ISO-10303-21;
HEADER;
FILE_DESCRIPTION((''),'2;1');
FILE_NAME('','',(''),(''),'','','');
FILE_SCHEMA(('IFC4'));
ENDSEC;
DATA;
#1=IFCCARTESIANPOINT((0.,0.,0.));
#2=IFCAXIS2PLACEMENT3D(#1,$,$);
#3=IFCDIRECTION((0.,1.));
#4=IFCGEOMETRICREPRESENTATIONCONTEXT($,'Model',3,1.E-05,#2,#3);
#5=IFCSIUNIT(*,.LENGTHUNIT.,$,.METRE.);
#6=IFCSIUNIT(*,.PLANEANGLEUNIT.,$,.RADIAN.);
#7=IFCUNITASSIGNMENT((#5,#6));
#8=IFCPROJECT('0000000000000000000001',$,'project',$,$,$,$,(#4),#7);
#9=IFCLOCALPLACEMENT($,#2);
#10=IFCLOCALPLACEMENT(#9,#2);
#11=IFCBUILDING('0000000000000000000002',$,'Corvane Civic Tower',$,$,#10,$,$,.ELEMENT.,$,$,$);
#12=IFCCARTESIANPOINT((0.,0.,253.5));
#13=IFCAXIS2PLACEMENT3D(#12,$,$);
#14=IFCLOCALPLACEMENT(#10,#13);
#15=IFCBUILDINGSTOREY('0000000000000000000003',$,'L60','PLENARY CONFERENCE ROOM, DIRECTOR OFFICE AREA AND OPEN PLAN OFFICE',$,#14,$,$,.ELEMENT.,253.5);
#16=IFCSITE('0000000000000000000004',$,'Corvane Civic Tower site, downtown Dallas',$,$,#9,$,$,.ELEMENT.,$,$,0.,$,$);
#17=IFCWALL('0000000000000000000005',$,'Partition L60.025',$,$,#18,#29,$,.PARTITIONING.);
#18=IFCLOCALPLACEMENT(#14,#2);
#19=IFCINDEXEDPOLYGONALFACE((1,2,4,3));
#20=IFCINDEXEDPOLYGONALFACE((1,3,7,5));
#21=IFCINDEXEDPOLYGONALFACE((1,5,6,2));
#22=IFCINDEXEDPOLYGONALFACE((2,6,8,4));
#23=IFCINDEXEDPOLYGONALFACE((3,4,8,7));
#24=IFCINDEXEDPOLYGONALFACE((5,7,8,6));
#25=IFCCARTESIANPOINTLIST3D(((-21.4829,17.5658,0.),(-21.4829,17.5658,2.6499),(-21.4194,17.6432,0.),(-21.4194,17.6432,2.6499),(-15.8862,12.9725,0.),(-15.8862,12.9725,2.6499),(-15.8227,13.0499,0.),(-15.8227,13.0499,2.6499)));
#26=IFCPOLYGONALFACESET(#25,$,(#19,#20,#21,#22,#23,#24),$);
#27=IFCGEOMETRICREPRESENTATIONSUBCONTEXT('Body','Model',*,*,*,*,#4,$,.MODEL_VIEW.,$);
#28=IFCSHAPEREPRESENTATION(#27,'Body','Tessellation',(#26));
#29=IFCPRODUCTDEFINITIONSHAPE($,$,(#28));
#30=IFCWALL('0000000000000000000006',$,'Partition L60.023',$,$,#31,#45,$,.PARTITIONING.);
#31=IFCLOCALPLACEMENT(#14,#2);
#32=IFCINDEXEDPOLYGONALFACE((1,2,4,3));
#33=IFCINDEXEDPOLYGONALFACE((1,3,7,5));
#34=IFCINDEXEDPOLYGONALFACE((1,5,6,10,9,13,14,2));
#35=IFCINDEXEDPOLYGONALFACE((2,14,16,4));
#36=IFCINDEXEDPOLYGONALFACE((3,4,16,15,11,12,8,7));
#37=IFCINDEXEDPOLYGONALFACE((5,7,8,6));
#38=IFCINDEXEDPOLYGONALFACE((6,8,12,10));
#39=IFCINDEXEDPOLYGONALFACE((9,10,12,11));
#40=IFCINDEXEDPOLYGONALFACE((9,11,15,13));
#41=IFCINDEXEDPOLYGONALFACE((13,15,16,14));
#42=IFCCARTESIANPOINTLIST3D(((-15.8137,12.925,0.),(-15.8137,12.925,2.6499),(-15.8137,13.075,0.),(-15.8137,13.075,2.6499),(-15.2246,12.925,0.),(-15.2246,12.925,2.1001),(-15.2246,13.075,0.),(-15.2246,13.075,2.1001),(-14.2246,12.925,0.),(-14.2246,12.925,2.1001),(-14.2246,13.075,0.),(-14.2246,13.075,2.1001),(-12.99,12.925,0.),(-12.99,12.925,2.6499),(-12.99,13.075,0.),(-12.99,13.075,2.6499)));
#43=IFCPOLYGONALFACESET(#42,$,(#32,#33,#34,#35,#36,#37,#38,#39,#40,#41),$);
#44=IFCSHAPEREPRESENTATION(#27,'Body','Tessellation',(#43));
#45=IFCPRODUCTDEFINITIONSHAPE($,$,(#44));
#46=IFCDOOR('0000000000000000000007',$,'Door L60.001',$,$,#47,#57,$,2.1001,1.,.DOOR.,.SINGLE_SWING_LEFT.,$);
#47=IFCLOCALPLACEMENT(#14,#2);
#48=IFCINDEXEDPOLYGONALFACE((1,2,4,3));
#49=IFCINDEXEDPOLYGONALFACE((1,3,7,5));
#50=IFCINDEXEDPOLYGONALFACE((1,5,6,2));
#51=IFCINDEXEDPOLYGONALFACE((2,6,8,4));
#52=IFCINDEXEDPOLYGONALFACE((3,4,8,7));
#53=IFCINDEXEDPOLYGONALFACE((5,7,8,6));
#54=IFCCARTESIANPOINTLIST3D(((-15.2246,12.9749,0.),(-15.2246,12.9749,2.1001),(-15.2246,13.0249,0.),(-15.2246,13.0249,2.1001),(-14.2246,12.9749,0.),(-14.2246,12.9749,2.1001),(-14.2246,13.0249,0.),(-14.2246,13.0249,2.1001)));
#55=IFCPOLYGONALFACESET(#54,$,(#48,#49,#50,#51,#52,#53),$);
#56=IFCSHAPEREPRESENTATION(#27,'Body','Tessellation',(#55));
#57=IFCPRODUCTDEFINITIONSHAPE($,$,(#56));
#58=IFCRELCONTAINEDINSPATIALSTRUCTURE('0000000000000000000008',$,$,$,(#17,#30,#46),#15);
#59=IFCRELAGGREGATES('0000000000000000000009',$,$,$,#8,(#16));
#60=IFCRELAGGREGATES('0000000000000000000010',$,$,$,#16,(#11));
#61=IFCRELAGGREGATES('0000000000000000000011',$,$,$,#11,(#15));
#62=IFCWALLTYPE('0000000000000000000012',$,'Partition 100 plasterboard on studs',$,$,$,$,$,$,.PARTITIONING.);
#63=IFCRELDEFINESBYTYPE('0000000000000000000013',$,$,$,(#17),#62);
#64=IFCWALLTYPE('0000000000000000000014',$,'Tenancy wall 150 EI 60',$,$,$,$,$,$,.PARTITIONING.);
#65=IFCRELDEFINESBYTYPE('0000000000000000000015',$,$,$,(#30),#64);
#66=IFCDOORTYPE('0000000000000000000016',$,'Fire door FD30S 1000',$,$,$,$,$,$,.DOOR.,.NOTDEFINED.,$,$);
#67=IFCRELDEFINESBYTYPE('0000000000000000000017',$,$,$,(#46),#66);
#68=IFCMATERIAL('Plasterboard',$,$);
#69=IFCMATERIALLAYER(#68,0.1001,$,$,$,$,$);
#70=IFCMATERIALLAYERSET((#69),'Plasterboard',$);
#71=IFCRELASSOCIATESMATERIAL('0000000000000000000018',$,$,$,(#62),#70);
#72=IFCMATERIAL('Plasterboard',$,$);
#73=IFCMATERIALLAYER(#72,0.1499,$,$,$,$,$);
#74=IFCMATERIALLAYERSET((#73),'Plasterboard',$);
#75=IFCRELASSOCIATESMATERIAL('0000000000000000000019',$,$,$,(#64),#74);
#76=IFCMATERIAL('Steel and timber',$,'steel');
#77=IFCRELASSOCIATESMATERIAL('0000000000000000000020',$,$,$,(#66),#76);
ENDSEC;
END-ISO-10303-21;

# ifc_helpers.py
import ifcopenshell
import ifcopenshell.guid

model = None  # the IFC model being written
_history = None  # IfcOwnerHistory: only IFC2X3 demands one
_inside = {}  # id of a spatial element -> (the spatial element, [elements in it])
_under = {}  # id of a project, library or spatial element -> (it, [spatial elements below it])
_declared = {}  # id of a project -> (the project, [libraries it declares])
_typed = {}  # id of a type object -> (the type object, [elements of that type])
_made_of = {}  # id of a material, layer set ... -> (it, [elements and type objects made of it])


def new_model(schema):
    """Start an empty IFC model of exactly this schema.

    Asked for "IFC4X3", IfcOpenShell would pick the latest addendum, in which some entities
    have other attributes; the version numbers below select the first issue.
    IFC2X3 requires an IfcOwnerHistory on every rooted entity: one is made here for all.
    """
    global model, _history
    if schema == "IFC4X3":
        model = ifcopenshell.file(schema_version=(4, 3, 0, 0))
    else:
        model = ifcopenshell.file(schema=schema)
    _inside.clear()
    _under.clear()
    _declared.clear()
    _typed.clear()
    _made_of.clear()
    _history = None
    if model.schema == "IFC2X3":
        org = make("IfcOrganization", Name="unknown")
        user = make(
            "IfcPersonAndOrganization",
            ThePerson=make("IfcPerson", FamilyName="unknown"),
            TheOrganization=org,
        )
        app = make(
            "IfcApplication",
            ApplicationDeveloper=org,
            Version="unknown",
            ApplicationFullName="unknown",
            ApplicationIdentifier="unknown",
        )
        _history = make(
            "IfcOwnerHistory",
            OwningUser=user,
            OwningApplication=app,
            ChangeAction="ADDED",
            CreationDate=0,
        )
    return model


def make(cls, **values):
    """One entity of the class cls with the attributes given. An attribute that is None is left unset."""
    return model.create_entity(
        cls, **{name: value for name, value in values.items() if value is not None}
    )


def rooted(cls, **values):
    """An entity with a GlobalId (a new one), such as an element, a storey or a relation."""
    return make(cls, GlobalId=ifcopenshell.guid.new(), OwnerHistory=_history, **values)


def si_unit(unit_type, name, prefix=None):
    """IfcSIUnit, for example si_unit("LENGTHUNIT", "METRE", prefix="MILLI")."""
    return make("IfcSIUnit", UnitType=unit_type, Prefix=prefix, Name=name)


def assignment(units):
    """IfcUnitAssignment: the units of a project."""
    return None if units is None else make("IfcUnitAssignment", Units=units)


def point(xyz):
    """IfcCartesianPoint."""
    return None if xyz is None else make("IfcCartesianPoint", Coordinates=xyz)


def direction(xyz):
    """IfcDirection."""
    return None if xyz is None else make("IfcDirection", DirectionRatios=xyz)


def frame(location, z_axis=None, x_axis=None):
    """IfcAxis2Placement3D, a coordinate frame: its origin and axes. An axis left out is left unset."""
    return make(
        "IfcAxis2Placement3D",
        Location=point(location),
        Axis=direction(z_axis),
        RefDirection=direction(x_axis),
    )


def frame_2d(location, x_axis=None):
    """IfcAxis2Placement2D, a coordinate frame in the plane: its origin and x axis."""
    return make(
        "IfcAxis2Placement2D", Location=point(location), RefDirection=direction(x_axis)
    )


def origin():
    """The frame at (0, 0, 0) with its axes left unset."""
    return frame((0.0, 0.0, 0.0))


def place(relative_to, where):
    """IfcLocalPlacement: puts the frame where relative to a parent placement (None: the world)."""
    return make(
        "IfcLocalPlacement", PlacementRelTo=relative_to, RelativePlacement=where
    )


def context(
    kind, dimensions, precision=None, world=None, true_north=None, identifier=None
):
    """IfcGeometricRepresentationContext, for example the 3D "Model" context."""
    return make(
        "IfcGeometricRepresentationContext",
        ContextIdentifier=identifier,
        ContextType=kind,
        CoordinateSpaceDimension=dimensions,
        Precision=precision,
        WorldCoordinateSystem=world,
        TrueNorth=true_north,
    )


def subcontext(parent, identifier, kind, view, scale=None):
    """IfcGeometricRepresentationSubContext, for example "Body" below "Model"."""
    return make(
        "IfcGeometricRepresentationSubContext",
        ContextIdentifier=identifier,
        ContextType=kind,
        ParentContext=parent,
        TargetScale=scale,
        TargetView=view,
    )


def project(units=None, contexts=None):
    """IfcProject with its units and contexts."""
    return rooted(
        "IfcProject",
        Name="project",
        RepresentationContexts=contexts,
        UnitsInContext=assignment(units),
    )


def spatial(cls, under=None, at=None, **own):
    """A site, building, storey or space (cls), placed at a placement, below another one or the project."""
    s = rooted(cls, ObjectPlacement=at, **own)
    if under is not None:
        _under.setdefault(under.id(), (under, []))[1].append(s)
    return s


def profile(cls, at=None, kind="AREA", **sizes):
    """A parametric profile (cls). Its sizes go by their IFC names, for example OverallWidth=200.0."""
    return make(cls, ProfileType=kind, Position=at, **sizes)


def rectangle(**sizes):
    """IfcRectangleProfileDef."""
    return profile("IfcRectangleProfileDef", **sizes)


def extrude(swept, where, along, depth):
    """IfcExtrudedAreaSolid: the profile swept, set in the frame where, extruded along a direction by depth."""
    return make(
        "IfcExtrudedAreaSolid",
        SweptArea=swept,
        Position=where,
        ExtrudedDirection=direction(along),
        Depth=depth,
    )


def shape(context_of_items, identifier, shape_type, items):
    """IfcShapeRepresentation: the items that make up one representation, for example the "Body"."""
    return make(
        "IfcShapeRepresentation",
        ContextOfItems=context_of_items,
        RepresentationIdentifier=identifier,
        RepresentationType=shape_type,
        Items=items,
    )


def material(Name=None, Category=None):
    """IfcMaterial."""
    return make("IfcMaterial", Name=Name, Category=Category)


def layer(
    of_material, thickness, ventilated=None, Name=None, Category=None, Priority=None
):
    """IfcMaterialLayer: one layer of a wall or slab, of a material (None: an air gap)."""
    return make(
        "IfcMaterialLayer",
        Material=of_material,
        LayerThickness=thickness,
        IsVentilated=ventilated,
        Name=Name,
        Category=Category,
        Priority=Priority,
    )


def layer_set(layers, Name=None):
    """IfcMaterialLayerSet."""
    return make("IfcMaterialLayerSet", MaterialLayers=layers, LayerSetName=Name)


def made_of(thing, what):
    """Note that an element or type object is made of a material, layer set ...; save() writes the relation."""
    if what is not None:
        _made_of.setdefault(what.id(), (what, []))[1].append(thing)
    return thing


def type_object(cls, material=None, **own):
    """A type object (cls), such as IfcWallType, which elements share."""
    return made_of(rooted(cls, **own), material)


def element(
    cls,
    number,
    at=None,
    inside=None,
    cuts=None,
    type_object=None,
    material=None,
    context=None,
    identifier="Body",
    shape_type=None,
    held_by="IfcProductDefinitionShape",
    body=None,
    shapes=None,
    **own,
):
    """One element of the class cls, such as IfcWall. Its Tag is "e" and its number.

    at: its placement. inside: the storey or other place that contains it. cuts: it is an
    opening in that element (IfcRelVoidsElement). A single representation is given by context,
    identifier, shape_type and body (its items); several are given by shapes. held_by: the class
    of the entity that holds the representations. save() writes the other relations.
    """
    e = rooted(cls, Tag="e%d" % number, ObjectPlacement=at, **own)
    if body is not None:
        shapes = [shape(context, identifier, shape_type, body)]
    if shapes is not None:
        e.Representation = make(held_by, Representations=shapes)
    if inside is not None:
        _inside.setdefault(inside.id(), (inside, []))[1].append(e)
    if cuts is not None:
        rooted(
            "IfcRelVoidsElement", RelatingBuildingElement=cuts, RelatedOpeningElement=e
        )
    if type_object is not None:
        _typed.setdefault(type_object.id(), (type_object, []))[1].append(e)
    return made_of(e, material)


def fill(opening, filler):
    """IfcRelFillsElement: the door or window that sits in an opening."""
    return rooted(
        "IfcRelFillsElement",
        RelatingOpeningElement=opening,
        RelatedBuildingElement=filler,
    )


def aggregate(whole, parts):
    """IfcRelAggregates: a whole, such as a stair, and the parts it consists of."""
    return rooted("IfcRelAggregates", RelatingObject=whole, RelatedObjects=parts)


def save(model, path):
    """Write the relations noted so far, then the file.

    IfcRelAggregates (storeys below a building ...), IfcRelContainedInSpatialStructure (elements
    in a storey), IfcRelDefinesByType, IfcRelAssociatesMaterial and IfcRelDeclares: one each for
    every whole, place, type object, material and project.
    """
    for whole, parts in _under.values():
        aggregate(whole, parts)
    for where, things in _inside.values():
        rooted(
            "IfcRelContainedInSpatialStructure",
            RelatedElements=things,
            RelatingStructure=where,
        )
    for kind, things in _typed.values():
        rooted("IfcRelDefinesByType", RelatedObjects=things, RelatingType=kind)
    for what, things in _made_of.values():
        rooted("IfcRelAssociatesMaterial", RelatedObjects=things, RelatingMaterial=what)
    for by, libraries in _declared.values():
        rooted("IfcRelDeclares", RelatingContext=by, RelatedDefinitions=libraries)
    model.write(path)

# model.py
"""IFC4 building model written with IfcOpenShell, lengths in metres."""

from ifc_helpers import new_model, si_unit, direction, frame, frame_2d, origin, place, context, subcontext, project, spatial, rectangle, extrude, material, layer, layer_set, type_object, element, fill, save


model = new_model("IFC4")

# Units and contexts
model_context = context("Model", 3, precision=1e-05, world=origin(), true_north=direction((0.0, 1.0)))
body_context = subcontext(model_context, "Body", "Model", "MODEL_VIEW")
ifc_project = project(units=[si_unit("LENGTHUNIT", "METRE"), si_unit("PLANEANGLEUNIT", "RADIAN")], contexts=[model_context])

# Site, building, storey
site_placement = place(None, origin())
site = spatial("IfcSite", under=ifc_project, at=site_placement, Name="Corvane Civic Tower site, downtown Dallas", CompositionType="ELEMENT", RefElevation=0.0)
building_placement = place(site_placement, origin())
building = spatial("IfcBuilding", under=site, at=building_placement, Name="Corvane Civic Tower", CompositionType="ELEMENT")
storey_placement = place(building_placement, frame((0.0, 0.0, 253.5)))
storey = spatial("IfcBuildingStorey", under=building, at=storey_placement, Name="L60", Description="PLENARY CONFERENCE ROOM, DIRECTOR OFFICE AREA AND OPEN PLAN OFFICE", CompositionType="ELEMENT", Elevation=253.5)

# Wall
ifc_material_1 = material(Name="Plasterboard")
ifc_layer_1 = layer(ifc_material_1, 0.1001)
ifc_layer_set_1 = layer_set([ifc_layer_1], Name="Plasterboard")
wall_type_1 = type_object("IfcWallType", Name="Partition 100 plasterboard on studs", PredefinedType="PARTITIONING", material=ifc_layer_set_1)
wall_1_placement = place(storey_placement, frame((-21.4512, 17.6045, 0.0), z_axis=(0.0, 0.0, 1.0), x_axis=(0.772998, -0.634409, 0.0)))
element("IfcWall", 1, at=wall_1_placement, inside=storey, type_object=wall_type_1, Name="Partition L60.025", PredefinedType="PARTITIONING", context=body_context, shape_type="SweptSolid", body=[
    extrude(rectangle(XDim=7.2402, YDim=0.1001, at=frame_2d((3.6201, 0.0))), origin(), (0.0, 0.0, 1.0), 2.6499),
])

# Wall, opening, door
ifc_material_2 = material(Name="Plasterboard")
ifc_layer_2 = layer(ifc_material_2, 0.1499)
ifc_layer_set_2 = layer_set([ifc_layer_2], Name="Plasterboard")
wall_type_2 = type_object("IfcWallType", Name="Tenancy wall 150 EI 60", PredefinedType="PARTITIONING", material=ifc_layer_set_2)
wall_2_placement = place(storey_placement, frame((-15.8137, 13.0, 0.0), z_axis=(0.0, 0.0, 1.0), x_axis=(1.0, 0.0, 0.0)))
wall_2 = element("IfcWall", 2, at=wall_2_placement, inside=storey, type_object=wall_type_2, Name="Partition L60.023", PredefinedType="PARTITIONING", context=body_context, shape_type="SweptSolid", body=[
    extrude(rectangle(XDim=2.8237, YDim=0.1499, at=frame_2d((1.4119, 0.0))), origin(), (0.0, 0.0, 1.0), 2.6499),
])
opening_placement = place(wall_2_placement, frame((0.5891, 0.0, 0.0)))
opening = element("IfcOpeningElement", 3, at=opening_placement, cuts=wall_2, PredefinedType="OPENING", context=body_context, shape_type="SweptSolid", body=[
    extrude(rectangle(XDim=1.0, YDim=2.1001, at=frame_2d((0.5, 1.05))), frame((0.0, 0.085, 0.0), z_axis=(0.0, -1.0, 0.0), x_axis=(1.0, 0.0, 0.0)), (0.0, 0.0, 1.0), 0.1699),
])
ifc_material_3 = material(Name="Steel and timber", Category="steel")
door_type = type_object("IfcDoorType", Name="Fire door FD30S 1000", OperationType="NOTDEFINED", PredefinedType="DOOR", material=ifc_material_3)
door_placement = place(opening_placement, origin())
door = element("IfcDoor", 4, at=door_placement, inside=storey, type_object=door_type, Name="Door L60.001", OperationType="SINGLE_SWING_LEFT", OverallHeight=2.1001, OverallWidth=1.0, PredefinedType="DOOR", context=body_context, shape_type="SweptSolid", body=[
    extrude(rectangle(XDim=1.0, YDim=2.1001, at=frame_2d((0.5, 1.05))), frame((0.0, 0.0249, 0.0), z_axis=(0.0, -1.0, 0.0), x_axis=(1.0, 0.0, 0.0)), (0.0, 0.0, 1.0), 0.05),
])
fill(opening, door)

save(model, "model.ifc")
